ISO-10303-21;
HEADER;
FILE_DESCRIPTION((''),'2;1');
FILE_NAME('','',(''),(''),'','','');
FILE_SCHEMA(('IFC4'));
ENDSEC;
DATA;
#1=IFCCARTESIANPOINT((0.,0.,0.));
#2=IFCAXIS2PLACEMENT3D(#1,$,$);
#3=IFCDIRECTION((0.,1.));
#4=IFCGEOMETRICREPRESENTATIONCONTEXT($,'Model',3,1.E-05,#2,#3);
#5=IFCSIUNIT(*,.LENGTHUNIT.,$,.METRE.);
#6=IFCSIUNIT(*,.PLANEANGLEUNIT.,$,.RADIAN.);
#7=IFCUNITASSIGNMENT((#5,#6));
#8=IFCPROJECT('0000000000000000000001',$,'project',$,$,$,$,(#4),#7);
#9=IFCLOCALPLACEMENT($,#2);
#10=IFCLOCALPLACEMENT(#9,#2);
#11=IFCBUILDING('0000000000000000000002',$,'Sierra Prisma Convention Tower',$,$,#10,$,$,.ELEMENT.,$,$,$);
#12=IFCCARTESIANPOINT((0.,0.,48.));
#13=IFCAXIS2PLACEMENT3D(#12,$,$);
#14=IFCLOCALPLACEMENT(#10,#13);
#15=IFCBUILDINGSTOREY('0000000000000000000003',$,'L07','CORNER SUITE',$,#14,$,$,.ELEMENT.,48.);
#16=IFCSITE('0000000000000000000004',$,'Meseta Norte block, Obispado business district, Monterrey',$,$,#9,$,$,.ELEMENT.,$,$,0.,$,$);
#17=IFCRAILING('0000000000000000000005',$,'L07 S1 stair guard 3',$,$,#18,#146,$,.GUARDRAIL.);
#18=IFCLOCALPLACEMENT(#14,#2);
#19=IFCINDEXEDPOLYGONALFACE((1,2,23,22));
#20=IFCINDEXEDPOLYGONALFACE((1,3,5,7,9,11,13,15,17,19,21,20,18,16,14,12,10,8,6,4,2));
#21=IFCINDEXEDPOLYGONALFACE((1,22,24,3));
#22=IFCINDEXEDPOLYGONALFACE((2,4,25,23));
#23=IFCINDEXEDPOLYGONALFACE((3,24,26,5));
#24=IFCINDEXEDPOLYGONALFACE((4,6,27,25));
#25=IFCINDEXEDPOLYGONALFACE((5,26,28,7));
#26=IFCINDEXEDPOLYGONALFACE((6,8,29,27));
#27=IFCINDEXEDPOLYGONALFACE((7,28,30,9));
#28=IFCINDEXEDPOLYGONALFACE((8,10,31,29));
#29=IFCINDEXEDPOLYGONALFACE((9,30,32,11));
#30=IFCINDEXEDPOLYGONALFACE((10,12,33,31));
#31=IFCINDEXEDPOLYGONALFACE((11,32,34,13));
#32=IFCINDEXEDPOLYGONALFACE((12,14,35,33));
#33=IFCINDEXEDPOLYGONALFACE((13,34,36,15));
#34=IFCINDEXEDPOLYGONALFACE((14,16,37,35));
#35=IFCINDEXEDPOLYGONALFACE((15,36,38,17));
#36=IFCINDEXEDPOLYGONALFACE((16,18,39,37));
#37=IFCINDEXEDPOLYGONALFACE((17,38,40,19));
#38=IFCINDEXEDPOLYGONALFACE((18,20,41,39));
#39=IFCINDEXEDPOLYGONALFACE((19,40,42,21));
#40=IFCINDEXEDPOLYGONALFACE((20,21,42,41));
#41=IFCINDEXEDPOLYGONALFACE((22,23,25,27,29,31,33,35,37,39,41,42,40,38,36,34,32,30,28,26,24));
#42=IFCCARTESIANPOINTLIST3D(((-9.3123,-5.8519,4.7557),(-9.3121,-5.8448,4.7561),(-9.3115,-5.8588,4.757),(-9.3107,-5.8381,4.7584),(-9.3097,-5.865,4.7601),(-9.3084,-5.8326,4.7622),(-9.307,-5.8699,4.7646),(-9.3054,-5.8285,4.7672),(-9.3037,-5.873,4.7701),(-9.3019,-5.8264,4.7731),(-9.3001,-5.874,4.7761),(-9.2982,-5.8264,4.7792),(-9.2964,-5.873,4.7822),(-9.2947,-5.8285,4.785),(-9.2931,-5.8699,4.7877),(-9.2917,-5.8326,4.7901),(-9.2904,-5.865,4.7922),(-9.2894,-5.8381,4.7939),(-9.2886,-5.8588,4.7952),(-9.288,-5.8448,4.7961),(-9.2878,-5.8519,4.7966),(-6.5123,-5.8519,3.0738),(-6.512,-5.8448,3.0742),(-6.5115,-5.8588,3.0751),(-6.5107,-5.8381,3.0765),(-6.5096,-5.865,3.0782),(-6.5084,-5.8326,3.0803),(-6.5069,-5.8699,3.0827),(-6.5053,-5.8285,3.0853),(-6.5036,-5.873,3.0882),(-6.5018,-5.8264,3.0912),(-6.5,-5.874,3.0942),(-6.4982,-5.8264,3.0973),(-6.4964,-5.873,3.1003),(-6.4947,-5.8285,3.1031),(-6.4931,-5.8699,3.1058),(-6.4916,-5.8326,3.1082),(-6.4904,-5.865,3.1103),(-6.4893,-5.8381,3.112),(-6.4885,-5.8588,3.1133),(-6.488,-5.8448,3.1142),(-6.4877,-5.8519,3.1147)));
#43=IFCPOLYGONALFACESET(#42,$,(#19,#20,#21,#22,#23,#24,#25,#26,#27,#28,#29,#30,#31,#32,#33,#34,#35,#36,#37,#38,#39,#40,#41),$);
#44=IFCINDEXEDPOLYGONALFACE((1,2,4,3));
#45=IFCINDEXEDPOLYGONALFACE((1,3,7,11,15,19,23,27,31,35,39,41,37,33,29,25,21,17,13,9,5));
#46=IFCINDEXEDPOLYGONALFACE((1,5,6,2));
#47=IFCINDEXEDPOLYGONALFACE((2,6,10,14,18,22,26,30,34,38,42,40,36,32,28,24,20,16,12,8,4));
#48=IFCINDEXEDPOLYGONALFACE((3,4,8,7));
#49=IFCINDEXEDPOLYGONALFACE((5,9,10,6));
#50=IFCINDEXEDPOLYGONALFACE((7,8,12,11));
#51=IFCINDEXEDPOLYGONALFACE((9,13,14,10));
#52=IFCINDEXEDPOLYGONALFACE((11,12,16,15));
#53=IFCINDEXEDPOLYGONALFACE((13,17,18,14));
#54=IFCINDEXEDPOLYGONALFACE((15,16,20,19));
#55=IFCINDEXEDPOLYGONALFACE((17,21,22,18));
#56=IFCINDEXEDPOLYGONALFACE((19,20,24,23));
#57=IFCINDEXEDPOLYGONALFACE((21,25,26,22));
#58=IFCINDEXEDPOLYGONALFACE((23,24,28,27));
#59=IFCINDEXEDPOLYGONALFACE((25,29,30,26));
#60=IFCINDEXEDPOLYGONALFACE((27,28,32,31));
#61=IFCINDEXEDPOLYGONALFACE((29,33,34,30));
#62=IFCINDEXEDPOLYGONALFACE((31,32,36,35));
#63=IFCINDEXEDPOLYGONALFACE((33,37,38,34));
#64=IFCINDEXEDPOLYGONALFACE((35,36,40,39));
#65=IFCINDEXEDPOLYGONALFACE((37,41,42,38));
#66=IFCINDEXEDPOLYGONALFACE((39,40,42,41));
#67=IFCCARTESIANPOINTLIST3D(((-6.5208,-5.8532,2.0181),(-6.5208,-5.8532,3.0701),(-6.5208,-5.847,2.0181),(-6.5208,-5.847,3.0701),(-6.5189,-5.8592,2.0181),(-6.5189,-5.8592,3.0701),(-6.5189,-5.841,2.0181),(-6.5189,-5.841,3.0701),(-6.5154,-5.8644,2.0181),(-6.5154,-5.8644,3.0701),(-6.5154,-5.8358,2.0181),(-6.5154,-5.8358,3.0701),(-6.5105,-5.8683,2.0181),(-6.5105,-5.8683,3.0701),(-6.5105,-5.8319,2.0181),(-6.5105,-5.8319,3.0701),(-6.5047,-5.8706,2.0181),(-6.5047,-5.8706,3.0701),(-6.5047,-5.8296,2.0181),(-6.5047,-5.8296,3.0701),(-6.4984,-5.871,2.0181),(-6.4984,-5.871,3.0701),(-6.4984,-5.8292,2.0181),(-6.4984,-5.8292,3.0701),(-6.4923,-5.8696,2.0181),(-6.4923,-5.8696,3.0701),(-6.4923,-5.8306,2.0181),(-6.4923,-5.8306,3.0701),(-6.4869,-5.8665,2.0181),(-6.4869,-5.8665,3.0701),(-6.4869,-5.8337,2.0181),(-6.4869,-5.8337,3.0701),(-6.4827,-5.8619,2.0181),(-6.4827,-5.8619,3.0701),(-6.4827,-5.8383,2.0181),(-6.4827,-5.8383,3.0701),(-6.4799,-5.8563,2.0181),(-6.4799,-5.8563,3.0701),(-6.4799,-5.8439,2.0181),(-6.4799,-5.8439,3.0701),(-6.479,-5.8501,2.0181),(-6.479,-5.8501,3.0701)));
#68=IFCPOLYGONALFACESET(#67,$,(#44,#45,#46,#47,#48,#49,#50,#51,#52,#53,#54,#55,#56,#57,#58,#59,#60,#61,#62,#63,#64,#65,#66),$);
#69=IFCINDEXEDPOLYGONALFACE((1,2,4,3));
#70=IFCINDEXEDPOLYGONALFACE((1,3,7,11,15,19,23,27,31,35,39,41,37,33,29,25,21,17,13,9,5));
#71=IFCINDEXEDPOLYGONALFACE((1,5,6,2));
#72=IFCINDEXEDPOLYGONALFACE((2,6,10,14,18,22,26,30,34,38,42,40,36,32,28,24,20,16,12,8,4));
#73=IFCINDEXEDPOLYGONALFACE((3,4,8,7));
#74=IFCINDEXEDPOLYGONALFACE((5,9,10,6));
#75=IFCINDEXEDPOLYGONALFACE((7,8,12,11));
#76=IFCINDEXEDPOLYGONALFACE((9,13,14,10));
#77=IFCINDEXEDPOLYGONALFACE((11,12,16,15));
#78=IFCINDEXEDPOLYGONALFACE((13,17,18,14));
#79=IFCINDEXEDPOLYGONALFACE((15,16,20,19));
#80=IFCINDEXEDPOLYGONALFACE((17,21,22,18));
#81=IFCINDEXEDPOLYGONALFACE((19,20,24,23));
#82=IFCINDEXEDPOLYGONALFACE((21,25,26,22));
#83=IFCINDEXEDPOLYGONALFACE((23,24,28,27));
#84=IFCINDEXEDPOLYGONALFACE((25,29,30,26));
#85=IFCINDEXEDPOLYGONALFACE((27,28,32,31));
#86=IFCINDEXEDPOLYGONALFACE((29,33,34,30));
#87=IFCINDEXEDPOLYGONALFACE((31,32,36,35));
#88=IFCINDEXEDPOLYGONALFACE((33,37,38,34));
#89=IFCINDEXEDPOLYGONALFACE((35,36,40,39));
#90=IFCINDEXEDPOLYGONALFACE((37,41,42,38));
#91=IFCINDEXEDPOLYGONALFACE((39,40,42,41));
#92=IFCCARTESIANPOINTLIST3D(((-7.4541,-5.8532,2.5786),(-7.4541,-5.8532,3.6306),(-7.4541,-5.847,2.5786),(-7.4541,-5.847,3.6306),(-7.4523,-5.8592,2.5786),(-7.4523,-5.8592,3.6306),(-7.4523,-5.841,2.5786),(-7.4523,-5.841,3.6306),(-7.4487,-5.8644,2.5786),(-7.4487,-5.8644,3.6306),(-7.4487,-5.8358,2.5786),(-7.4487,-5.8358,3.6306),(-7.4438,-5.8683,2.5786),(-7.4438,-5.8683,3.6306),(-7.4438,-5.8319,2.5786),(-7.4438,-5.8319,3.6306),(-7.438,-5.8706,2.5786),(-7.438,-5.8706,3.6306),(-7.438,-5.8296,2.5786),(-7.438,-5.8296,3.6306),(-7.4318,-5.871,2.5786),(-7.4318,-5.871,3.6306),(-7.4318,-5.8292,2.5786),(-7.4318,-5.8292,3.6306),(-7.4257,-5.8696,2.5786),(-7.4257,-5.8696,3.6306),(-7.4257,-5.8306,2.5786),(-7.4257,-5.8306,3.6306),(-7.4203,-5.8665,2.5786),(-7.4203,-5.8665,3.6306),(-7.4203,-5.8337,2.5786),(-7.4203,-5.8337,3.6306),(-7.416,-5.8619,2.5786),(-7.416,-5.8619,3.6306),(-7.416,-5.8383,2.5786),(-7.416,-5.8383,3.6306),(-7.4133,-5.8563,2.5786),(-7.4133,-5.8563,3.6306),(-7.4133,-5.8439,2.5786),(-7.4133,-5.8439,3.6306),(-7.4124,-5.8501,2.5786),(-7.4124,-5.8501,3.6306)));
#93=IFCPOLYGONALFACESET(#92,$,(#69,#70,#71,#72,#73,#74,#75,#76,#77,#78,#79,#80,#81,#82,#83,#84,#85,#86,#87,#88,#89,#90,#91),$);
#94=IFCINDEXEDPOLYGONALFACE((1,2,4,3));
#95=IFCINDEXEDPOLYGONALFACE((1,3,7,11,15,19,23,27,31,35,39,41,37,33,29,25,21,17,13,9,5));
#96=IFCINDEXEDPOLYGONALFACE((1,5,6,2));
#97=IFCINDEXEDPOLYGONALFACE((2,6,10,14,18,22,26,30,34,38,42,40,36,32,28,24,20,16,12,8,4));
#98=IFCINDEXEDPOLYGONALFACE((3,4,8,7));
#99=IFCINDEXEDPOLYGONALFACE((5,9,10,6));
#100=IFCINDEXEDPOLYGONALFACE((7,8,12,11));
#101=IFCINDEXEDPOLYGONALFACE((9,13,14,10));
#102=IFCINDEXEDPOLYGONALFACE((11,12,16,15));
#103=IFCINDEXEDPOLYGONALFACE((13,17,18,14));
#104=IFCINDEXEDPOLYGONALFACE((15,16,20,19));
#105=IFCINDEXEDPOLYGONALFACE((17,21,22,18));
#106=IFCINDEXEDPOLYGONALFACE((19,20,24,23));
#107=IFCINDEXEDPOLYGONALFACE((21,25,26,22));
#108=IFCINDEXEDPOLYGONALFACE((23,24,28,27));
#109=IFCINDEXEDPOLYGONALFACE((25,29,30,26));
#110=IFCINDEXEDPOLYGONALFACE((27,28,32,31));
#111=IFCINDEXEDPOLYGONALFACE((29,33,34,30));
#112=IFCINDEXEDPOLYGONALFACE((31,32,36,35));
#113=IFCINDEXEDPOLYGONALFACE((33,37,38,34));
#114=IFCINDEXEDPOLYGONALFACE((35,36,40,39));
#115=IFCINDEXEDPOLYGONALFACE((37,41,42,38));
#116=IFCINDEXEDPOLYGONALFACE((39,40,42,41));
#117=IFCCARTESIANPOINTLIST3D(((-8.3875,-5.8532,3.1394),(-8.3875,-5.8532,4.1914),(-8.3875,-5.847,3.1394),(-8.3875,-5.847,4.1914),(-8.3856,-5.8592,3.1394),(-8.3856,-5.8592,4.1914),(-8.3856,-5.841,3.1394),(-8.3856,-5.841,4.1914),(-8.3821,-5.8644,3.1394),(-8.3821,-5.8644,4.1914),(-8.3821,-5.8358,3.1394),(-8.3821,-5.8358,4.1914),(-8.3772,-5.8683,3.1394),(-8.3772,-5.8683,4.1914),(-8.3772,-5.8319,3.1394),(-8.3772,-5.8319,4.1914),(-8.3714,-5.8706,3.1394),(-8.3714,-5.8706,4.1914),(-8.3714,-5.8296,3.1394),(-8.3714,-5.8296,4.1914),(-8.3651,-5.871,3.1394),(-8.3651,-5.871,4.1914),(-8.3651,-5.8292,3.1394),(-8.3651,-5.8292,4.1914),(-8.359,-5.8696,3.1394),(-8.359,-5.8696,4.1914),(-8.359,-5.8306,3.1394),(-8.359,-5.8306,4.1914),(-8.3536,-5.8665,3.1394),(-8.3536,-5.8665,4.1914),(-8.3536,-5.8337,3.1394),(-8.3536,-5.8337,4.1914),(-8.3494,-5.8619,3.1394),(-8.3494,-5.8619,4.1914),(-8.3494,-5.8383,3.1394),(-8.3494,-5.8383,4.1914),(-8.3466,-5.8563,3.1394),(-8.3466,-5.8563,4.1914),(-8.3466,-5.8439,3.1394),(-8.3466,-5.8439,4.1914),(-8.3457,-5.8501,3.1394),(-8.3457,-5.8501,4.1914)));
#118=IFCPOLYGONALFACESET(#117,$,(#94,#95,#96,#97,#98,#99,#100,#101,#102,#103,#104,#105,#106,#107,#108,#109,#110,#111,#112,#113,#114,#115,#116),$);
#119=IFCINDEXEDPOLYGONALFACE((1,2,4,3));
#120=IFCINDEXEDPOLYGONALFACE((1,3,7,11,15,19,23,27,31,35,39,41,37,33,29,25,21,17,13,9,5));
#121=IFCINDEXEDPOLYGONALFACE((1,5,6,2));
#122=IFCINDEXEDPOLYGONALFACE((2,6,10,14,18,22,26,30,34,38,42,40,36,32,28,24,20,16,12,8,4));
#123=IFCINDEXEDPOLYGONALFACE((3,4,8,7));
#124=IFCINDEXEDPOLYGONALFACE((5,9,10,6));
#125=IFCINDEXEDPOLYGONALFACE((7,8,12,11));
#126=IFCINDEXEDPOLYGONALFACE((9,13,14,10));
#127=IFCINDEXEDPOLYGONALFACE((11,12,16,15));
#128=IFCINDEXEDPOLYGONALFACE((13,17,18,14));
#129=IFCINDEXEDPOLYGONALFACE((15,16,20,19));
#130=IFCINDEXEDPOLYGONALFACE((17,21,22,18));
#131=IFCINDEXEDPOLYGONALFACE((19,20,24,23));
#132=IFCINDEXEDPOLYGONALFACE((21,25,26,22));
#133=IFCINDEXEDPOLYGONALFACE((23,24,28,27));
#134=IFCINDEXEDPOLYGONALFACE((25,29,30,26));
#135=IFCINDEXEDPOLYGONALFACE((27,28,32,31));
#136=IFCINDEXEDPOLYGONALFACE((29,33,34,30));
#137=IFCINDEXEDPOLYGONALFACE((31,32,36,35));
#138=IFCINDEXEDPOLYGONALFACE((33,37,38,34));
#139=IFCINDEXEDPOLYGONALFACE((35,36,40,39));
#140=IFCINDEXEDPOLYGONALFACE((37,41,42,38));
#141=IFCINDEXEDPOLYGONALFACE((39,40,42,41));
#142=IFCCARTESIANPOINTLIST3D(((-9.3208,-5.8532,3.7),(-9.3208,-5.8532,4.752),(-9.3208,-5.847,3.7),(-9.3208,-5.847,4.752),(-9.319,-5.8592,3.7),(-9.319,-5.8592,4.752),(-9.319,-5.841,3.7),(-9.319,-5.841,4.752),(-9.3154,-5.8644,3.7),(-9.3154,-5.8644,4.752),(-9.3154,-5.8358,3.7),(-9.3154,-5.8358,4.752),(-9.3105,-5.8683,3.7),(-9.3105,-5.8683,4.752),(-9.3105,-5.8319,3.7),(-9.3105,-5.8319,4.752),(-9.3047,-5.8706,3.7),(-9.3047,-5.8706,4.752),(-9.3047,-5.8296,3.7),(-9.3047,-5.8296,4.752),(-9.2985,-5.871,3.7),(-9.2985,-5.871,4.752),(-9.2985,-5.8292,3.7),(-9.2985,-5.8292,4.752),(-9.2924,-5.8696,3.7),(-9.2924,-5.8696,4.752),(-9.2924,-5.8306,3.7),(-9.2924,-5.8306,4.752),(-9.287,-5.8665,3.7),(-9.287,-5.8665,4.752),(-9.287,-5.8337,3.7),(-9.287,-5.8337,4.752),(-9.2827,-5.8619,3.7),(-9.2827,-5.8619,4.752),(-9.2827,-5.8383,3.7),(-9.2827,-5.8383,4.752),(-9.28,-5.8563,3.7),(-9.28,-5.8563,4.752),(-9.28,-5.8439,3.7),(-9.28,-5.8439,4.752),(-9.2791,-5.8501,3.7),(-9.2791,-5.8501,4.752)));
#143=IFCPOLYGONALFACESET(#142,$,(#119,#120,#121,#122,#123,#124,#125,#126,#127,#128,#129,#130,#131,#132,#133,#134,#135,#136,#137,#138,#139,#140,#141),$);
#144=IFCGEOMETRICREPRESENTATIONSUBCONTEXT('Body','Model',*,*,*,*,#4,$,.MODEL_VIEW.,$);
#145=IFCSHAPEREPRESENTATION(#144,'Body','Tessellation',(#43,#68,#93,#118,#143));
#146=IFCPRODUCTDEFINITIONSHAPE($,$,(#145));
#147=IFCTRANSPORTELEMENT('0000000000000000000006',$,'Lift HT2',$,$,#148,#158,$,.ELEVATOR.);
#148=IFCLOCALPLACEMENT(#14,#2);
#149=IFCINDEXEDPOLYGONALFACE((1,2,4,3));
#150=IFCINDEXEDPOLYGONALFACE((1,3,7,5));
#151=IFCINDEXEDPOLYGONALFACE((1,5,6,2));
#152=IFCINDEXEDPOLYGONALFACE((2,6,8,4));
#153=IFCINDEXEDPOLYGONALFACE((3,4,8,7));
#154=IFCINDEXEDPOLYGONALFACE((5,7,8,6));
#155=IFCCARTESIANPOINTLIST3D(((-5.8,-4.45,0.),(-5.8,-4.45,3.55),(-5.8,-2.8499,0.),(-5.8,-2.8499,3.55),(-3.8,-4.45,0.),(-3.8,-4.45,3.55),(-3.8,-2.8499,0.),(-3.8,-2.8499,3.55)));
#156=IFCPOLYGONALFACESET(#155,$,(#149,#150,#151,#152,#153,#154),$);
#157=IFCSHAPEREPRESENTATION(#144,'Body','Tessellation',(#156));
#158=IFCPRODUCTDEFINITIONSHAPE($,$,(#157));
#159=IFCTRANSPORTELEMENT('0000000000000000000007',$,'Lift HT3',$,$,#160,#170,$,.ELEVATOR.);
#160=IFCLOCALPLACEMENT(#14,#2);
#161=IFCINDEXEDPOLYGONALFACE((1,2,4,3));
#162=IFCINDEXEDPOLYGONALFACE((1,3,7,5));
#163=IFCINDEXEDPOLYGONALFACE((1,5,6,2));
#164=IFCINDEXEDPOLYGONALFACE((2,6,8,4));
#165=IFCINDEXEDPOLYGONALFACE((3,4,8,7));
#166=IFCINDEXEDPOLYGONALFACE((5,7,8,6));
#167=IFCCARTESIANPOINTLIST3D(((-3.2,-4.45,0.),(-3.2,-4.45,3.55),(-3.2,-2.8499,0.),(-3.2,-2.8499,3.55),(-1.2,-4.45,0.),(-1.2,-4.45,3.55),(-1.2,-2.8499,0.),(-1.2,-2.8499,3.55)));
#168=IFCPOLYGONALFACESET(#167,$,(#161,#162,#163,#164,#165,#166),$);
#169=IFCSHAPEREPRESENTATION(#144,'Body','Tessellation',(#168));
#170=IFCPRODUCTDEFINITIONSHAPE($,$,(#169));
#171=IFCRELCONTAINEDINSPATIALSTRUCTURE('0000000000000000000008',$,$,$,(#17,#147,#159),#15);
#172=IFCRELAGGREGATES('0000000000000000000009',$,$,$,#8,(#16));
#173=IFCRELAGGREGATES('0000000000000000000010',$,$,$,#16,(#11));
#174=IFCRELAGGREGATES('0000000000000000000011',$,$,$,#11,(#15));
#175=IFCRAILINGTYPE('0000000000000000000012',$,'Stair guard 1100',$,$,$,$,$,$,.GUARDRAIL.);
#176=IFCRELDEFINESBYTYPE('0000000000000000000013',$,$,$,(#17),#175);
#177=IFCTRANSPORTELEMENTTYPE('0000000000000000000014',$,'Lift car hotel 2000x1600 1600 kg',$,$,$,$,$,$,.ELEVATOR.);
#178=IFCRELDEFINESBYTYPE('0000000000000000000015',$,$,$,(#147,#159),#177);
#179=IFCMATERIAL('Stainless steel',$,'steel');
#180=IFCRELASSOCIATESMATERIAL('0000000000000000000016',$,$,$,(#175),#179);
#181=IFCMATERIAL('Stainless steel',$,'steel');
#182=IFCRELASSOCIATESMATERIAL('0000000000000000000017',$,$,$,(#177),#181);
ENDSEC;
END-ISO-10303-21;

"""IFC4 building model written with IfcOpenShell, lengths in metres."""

from ifc_helpers import new_model, si_unit, direction, frame, origin, origin_2d, place, context, subcontext, project, spatial, rectangle, circle, extrude, material, type_object, element, save


model = new_model("IFC4")

# Units and contexts
model_context = context("Model", 3, precision=1e-05, world=origin(), true_north=direction((0.0, 1.0)))
body_context = subcontext(model_context, "Body", "Model", "MODEL_VIEW")
ifc_project = project(units=[si_unit("LENGTHUNIT", "METRE"), si_unit("PLANEANGLEUNIT", "RADIAN")], contexts=[model_context])

# Site, building, storey
site_placement = place(None, origin())
site = spatial("IfcSite", under=ifc_project, at=site_placement, Name="Meseta Norte block, Obispado business district, Monterrey", CompositionType="ELEMENT", RefElevation=0.0)
building_placement = place(site_placement, origin())
building = spatial("IfcBuilding", under=site, at=building_placement, Name="Sierra Prisma Convention Tower", CompositionType="ELEMENT")
storey_placement = place(building_placement, frame((0.0, 0.0, 48.0)))
storey = spatial("IfcBuildingStorey", under=building, at=storey_placement, Name="L07", Description="CORNER SUITE", CompositionType="ELEMENT", Elevation=48.0)

# Railing
ifc_material_1 = material(Name="Stainless steel", Category="steel")
railing_type_1 = type_object("IfcRailingType", Name="Stair guard 1100", PredefinedType="GUARDRAIL", material=ifc_material_1)
railing_1_placement = place(storey_placement, frame((-6.5, -5.8501, 2.0181)))
element("IfcRailing", 1, at=railing_1_placement, inside=storey, type_object=railing_type_1, Name="L07 S1 stair guard 3", PredefinedType="GUARDRAIL", context=body_context, shape_type="SweptSolid", body=[
    extrude(circle(Radius=0.0239, at=origin_2d()), frame((0.0, 0.0, 1.0762), z_axis=(-0.857242, 0.0, 0.514913), x_axis=(0.0, -1.0, 0.0)), (0.0, 0.0, 1.0), 3.2664),
    extrude(circle(Radius=0.021, at=origin_2d()), origin(), (0.0, 0.0, 1.0), 1.052),
    extrude(circle(Radius=0.021, at=origin_2d()), frame((-0.9333, 0.0, 0.5605)), (0.0, 0.0, 1.0), 1.052),
    extrude(circle(Radius=0.021, at=origin_2d()), frame((-1.8667, 0.0, 1.1213)), (0.0, 0.0, 1.0), 1.052),
    extrude(circle(Radius=0.021, at=origin_2d()), frame((-2.8, 0.0, 1.6819)), (0.0, 0.0, 1.0), 1.052),
])

# Transport elements
ifc_material_2 = material(Name="Stainless steel", Category="steel")
transport_element_type = type_object("IfcTransportElementType", Name="Lift car hotel 2000x1600 1600 kg", PredefinedType="ELEVATOR", material=ifc_material_2)
for number, where, z_axis, x_axis, name in (
    (2, (-4.8, -3.6499, 0.0), (0.0, 0.0, 1.0), (1.0, 0.0, 0.0), "Lift HT2"),
    (3, (-2.2, -3.6499, 0.0), (0.0, 0.0, 1.0), (1.0, 0.0, 0.0), "Lift HT3"),
):
    element("IfcTransportElement", number, at=place(storey_placement, frame(where, z_axis=z_axis, x_axis=x_axis)), inside=storey, type_object=transport_element_type, Name=name, PredefinedType="ELEVATOR", context=body_context, shape_type="SweptSolid", body=[
        extrude(rectangle(XDim=2.0, YDim=1.6001, at=origin_2d()), origin(), (0.0, 0.0, 1.0), 3.55),
    ])

save(model, "model.ifc")
